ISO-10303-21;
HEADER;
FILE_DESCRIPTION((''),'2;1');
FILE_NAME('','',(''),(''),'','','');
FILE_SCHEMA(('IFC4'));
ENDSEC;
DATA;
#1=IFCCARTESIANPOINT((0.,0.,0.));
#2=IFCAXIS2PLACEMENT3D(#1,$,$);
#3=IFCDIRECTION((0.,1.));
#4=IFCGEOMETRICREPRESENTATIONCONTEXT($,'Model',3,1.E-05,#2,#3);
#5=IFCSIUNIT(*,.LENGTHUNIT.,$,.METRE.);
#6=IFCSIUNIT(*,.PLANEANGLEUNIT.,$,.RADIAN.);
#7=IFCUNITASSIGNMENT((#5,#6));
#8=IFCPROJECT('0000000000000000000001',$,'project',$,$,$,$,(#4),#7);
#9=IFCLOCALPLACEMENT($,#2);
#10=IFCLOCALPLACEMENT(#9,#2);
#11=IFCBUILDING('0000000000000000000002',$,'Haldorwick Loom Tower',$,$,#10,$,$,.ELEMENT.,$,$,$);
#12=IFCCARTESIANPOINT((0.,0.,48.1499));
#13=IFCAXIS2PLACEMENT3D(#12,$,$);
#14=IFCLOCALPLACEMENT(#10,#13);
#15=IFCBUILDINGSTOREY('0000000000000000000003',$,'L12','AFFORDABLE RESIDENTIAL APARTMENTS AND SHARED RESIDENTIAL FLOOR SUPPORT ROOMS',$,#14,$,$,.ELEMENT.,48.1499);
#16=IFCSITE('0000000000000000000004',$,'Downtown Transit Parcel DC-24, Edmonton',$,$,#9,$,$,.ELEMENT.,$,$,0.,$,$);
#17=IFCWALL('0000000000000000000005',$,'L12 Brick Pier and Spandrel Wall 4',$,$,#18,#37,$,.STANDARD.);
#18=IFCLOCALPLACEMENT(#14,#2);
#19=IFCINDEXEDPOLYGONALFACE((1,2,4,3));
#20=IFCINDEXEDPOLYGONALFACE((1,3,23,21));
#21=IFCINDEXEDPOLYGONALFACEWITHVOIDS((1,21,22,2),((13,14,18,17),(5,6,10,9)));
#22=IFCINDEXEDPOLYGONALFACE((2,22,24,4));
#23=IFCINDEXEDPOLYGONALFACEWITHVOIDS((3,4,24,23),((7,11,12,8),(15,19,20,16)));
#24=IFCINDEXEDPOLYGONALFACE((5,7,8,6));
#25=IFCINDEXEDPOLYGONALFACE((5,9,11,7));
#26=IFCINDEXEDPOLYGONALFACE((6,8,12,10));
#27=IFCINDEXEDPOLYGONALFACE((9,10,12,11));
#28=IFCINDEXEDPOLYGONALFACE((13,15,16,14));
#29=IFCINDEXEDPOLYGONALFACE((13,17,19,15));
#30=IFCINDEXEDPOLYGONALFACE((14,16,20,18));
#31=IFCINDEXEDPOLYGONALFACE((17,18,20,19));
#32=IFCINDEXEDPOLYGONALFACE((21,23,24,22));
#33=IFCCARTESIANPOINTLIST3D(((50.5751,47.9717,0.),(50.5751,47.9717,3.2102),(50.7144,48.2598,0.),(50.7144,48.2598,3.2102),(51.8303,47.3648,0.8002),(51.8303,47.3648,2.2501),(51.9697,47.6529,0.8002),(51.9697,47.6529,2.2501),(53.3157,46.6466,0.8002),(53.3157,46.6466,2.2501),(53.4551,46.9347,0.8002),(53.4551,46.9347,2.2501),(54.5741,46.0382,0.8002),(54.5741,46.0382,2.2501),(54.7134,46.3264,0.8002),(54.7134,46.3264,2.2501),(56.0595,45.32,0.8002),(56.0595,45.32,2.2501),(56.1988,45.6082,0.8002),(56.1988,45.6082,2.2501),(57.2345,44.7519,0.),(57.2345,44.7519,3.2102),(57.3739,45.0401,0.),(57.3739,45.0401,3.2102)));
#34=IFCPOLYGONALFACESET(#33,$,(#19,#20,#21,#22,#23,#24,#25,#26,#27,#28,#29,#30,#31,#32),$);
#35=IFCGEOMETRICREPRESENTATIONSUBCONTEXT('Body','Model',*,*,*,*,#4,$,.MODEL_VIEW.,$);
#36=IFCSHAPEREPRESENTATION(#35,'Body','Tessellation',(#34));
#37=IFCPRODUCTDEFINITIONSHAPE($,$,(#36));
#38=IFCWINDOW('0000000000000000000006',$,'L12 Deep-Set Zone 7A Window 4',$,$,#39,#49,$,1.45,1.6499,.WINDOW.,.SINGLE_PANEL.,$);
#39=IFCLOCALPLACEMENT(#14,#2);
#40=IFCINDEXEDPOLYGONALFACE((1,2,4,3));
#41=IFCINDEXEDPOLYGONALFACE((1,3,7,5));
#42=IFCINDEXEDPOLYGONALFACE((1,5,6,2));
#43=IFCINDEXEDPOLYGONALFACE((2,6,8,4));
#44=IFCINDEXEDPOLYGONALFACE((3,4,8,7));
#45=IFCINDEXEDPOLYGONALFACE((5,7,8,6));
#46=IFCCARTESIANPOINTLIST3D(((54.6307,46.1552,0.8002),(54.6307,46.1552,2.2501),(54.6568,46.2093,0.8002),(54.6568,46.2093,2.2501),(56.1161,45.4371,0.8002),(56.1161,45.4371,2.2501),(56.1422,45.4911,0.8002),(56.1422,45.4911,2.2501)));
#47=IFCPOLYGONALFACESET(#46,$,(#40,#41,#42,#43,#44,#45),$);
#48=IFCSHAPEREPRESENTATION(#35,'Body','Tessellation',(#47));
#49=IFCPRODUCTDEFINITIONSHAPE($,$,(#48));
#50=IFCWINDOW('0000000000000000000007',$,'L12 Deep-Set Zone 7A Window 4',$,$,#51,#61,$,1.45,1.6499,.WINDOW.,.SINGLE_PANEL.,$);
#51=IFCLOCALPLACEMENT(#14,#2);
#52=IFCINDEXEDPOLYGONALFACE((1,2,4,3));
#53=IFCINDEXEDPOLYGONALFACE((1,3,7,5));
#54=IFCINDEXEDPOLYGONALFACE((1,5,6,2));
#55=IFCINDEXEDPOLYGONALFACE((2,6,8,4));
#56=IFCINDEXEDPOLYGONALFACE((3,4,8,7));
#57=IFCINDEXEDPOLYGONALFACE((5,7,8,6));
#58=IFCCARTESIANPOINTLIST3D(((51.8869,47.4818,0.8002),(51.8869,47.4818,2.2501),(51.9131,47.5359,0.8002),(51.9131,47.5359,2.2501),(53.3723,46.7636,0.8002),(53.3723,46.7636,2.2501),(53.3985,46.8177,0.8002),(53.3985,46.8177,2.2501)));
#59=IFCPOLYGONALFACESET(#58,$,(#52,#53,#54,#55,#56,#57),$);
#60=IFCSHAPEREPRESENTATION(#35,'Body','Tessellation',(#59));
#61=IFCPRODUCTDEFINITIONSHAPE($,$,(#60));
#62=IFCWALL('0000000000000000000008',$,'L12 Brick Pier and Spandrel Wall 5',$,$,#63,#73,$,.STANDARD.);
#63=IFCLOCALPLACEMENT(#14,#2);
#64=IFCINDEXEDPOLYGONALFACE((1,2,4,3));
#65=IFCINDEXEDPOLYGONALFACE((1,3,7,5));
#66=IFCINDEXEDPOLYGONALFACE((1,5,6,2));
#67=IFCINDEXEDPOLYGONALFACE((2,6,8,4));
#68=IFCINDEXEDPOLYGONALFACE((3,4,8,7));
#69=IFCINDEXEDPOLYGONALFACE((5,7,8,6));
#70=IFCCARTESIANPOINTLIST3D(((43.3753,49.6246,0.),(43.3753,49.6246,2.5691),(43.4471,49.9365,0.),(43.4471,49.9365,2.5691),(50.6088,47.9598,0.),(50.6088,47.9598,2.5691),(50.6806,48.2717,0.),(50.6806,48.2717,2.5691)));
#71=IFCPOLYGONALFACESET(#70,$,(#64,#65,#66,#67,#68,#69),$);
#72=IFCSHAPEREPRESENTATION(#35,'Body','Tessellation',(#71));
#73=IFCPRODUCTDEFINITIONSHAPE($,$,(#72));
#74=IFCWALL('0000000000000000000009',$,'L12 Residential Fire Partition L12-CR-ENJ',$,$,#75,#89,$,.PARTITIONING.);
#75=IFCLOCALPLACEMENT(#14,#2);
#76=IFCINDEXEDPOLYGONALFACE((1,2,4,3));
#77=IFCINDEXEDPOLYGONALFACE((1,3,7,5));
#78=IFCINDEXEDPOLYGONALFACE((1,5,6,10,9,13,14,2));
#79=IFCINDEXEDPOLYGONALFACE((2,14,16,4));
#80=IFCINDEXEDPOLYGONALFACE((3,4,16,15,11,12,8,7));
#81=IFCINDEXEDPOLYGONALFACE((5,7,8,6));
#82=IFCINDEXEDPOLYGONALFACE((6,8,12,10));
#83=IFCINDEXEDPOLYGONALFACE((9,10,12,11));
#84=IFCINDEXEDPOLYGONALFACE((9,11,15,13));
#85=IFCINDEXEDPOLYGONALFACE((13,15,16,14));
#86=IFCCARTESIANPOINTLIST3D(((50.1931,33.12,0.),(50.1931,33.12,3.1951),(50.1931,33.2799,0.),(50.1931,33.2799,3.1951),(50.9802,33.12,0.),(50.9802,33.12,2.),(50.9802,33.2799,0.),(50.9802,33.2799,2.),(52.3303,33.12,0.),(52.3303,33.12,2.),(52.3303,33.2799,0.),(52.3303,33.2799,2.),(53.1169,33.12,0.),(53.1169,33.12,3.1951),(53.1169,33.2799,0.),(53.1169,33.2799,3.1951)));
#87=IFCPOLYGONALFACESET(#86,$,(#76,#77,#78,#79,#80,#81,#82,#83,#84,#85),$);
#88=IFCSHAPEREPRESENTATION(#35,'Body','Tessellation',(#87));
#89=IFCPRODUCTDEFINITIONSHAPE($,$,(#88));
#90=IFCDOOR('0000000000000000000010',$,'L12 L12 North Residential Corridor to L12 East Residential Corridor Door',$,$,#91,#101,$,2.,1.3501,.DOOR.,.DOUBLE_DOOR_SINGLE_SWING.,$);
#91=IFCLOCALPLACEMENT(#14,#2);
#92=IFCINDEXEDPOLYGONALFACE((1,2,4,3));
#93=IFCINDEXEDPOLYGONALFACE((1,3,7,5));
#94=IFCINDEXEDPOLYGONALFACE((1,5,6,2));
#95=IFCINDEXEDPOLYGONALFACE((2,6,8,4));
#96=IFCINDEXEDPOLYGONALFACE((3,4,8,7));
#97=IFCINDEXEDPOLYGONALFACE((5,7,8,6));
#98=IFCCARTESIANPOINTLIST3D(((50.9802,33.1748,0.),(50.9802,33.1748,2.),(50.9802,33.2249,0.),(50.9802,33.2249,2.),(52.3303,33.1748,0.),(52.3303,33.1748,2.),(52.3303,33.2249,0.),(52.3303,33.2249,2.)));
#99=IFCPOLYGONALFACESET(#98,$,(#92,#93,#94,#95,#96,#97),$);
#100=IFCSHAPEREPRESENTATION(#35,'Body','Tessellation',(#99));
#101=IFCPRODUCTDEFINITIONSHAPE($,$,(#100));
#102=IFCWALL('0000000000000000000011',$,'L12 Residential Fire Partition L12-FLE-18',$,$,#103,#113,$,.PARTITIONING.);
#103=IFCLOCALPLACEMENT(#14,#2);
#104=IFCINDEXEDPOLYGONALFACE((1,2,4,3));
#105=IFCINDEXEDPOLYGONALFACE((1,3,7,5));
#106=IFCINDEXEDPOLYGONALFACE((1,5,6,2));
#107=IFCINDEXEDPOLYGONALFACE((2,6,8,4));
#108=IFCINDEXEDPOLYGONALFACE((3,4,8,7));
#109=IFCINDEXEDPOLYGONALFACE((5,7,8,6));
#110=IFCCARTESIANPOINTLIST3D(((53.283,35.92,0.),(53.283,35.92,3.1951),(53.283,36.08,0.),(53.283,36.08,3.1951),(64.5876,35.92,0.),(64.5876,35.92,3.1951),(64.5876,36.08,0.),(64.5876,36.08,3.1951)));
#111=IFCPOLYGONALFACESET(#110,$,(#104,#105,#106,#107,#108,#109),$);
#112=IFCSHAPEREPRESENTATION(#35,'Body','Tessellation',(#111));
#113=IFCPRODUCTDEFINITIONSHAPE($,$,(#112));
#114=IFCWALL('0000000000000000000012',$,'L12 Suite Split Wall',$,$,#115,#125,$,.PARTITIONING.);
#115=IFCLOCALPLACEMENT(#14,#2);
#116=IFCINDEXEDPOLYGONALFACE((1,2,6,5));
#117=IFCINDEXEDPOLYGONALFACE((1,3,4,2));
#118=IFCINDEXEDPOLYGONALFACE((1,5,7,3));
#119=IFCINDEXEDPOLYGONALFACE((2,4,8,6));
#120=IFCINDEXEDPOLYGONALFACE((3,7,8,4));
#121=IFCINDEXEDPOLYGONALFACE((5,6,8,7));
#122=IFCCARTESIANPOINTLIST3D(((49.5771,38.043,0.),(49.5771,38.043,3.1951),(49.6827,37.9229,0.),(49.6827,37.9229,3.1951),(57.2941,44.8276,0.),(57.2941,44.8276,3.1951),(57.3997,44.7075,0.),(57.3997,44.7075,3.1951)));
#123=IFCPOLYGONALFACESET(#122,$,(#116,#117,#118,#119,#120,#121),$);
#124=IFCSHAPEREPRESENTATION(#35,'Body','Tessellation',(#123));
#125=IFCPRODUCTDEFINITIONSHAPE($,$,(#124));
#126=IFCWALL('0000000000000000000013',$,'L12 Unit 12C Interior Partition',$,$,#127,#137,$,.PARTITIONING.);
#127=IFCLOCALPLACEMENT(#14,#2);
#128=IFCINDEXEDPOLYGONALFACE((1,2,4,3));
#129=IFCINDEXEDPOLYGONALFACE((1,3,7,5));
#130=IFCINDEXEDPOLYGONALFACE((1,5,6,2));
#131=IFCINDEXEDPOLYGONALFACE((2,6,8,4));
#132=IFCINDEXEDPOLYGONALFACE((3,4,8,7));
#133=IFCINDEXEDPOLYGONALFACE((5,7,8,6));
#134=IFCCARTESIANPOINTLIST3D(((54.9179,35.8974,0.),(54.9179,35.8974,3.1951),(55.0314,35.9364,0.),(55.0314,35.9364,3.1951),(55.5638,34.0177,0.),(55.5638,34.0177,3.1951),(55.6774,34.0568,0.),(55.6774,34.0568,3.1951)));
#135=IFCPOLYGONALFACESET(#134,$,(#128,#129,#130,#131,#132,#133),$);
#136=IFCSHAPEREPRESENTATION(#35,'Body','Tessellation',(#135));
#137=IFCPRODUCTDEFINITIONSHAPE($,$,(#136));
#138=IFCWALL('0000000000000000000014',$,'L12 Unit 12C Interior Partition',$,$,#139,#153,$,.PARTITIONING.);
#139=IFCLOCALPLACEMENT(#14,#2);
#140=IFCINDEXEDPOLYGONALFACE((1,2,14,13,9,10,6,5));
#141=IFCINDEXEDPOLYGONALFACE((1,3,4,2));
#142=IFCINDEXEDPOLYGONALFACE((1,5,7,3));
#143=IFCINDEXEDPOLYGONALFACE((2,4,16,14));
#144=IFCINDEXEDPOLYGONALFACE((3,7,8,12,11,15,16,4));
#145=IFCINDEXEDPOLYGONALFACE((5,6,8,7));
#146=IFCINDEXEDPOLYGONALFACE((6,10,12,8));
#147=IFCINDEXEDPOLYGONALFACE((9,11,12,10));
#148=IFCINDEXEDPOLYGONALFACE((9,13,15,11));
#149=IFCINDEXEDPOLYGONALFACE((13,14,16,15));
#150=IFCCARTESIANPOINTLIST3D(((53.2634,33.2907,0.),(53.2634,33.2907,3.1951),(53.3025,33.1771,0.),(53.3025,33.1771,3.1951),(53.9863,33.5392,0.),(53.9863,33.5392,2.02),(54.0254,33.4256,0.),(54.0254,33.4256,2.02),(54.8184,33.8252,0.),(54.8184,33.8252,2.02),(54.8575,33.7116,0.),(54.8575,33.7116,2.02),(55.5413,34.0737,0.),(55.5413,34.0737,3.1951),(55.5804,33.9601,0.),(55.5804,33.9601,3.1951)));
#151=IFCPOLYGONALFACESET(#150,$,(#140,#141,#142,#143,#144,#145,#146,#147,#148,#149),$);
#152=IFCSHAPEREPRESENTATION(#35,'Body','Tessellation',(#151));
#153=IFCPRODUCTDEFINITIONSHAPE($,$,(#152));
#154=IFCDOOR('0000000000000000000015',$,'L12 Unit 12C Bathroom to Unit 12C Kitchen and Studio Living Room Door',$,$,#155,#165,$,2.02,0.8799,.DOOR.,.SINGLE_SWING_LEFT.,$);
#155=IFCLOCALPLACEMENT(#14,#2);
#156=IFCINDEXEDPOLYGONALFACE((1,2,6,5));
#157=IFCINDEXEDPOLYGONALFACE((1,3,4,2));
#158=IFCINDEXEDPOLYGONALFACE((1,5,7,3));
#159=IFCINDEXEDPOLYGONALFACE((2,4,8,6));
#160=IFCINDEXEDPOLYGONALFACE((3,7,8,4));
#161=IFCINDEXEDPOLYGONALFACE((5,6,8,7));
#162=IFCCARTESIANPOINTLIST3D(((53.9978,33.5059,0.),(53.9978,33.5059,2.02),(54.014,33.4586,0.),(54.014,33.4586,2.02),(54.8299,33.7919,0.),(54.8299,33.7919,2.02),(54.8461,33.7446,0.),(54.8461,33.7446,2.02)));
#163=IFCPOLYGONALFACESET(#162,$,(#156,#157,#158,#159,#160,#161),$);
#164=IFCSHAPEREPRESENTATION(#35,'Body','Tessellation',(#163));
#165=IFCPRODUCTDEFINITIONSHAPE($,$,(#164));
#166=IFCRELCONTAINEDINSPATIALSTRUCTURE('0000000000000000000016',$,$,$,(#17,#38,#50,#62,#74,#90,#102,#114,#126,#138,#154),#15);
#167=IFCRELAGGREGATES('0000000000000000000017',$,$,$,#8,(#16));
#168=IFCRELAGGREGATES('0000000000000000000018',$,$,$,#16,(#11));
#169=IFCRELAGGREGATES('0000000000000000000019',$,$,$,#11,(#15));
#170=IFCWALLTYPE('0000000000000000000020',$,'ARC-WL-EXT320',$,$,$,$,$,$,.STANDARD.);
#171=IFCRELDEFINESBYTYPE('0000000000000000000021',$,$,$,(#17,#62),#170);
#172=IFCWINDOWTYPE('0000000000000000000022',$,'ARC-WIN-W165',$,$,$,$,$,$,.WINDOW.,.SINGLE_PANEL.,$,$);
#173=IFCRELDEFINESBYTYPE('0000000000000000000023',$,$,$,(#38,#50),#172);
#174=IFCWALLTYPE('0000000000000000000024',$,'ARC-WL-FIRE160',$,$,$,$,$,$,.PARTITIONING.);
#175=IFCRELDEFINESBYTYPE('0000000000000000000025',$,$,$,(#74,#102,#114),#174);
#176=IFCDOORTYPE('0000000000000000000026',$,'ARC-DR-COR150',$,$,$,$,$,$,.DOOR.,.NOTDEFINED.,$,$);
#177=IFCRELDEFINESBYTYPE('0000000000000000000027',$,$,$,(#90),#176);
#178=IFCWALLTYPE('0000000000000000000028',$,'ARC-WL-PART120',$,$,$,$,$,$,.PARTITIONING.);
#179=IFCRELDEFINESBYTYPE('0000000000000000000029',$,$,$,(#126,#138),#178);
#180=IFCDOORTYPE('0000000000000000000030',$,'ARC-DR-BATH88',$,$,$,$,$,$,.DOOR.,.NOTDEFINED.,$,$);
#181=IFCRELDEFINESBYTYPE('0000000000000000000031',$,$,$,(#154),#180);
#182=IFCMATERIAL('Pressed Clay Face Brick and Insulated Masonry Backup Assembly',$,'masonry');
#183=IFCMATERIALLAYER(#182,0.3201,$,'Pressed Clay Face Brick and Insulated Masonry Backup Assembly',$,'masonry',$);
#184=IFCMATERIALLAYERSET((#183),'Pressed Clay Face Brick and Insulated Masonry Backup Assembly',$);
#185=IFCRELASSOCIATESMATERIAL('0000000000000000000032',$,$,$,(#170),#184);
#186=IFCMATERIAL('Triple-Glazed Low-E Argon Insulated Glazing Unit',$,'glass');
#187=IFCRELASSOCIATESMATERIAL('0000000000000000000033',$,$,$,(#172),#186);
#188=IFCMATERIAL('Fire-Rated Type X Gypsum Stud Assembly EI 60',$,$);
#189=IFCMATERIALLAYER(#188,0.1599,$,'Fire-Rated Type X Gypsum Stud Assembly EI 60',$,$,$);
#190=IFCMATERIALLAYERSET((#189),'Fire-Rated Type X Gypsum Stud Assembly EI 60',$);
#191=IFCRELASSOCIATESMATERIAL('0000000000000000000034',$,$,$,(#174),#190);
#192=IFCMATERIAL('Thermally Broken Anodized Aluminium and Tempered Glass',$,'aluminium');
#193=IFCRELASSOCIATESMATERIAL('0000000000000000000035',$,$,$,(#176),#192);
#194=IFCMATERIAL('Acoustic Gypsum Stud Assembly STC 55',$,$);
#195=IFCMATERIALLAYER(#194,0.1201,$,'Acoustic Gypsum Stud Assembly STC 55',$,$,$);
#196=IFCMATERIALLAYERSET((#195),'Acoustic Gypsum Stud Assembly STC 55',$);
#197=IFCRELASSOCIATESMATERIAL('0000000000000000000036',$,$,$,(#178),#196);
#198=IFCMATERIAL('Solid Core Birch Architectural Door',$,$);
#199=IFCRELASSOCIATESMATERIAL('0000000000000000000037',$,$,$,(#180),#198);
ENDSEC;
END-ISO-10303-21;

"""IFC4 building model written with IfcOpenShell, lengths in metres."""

from ifc_helpers import new_model, si_unit, direction, frame, frame_2d, origin, place, context, subcontext, project, spatial, rectangle, extrude, material, layer, layer_set, type_object, element, fill, save


model = new_model("IFC4")

# Units and contexts
model_context = context("Model", 3, precision=1e-05, world=origin(), true_north=direction((0.0, 1.0)))
body_context = subcontext(model_context, "Body", "Model", "MODEL_VIEW")
ifc_project = project(units=[si_unit("LENGTHUNIT", "METRE"), si_unit("PLANEANGLEUNIT", "RADIAN")], contexts=[model_context])

# Site, building, storey
site_placement = place(None, origin())
site = spatial("IfcSite", under=ifc_project, at=site_placement, Name="Downtown Transit Parcel DC-24, Edmonton", CompositionType="ELEMENT", RefElevation=0.0)
building_placement = place(site_placement, origin())
building = spatial("IfcBuilding", under=site, at=building_placement, Name="Haldorwick Loom Tower", CompositionType="ELEMENT")
storey_placement = place(building_placement, frame((0.0, 0.0, 48.1499)))
storey = spatial("IfcBuildingStorey", under=building, at=storey_placement, Name="L12", Description="AFFORDABLE RESIDENTIAL APARTMENTS AND SHARED RESIDENTIAL FLOOR SUPPORT ROOMS", CompositionType="ELEMENT", Elevation=48.1499)

# Shared definitions
ifc_material_1 = material(Name="Pressed Clay Face Brick and Insulated Masonry Backup Assembly", Category="masonry")
ifc_layer_1 = layer(ifc_material_1, 0.3201, Name="Pressed Clay Face Brick and Insulated Masonry Backup Assembly", Category="masonry")
ifc_layer_set_1 = layer_set([ifc_layer_1], Name="Pressed Clay Face Brick and Insulated Masonry Backup Assembly")
wall_type_1 = type_object("IfcWallType", Name="ARC-WL-EXT320", PredefinedType="STANDARD", material=ifc_layer_set_1)
ifc_material_2 = material(Name="Triple-Glazed Low-E Argon Insulated Glazing Unit", Category="glass")
window_type = type_object("IfcWindowType", Name="ARC-WIN-W165", PartitioningType="SINGLE_PANEL", PredefinedType="WINDOW", material=ifc_material_2)

# Wall, openings, windows
wall_1_placement = place(storey_placement, frame((57.3042, 44.896, 0.0), z_axis=(0.0, 0.0, 1.0), x_axis=(-0.900296, 0.435279, 0.0)))
wall_1 = element("IfcWall", 1, at=wall_1_placement, inside=storey, type_object=wall_type_1, Name="L12 Brick Pier and Spandrel Wall 4", PredefinedType="STANDARD", context=body_context, shape_type="SweptSolid", body=[
    extrude(rectangle(XDim=7.397, YDim=0.3201, at=frame_2d((3.6985, 0.0))), origin(), (0.0, 0.0, 1.0), 3.2102),
])
opening_1_placement = place(wall_1_placement, frame((1.3052, 0.0, 0.8)))
opening_1 = element("IfcOpeningElement", 2, at=opening_1_placement, cuts=wall_1, PredefinedType="OPENING", context=body_context, shape_type="SweptSolid", body=[
    extrude(rectangle(XDim=1.6499, YDim=1.45, at=frame_2d((0.825, 0.7251))), frame((0.0, 0.1699, 0.0), z_axis=(0.0, -1.0, 0.0), x_axis=(1.0, 0.0, 0.0)), (0.0, 0.0, 1.0), 0.3401),
])
opening_2_placement = place(wall_1_placement, frame((4.3528, 0.0, 0.8)))
opening_2 = element("IfcOpeningElement", 3, at=opening_2_placement, cuts=wall_1, PredefinedType="OPENING", context=body_context, shape_type="SweptSolid", body=[
    extrude(rectangle(XDim=1.6499, YDim=1.45, at=frame_2d((0.825, 0.7251))), frame((0.0, 0.1699, 0.0), z_axis=(0.0, -1.0, 0.0), x_axis=(1.0, 0.0, 0.0)), (0.0, 0.0, 1.0), 0.3401),
])
window_1_placement = place(opening_1_placement, origin())
window_1 = element("IfcWindow", 4, at=window_1_placement, inside=storey, type_object=window_type, Name="L12 Deep-Set Zone 7A Window 4", OverallHeight=1.45, OverallWidth=1.6499, PartitioningType="SINGLE_PANEL", PredefinedType="WINDOW", context=body_context, shape_type="SweptSolid", body=[
    extrude(rectangle(XDim=1.6499, YDim=1.45, at=frame_2d((0.825, 0.7251))), frame((0.0, 0.03, 0.0), z_axis=(0.0, -1.0, 0.0), x_axis=(1.0, 0.0, 0.0)), (0.0, 0.0, 1.0), 0.0601),
])
fill(opening_1, window_1)
window_2_placement = place(opening_2_placement, origin())
window_2 = element("IfcWindow", 5, at=window_2_placement, inside=storey, type_object=window_type, Name="L12 Deep-Set Zone 7A Window 4", OverallHeight=1.45, OverallWidth=1.6499, PartitioningType="SINGLE_PANEL", PredefinedType="WINDOW", context=body_context, shape_type="SweptSolid", body=[
    extrude(rectangle(XDim=1.6499, YDim=1.45, at=frame_2d((0.825, 0.7251))), frame((0.0, 0.03, 0.0), z_axis=(0.0, -1.0, 0.0), x_axis=(1.0, 0.0, 0.0)), (0.0, 0.0, 1.0), 0.0601),
])
fill(opening_2, window_2)

# Wall
wall_2_placement = place(storey_placement, frame((50.6448, 48.1157, 0.0), z_axis=(0.0, 0.0, 1.0), x_axis=(-0.974522, 0.22429, 0.0)))
element("IfcWall", 6, at=wall_2_placement, inside=storey, type_object=wall_type_1, Name="L12 Brick Pier and Spandrel Wall 5", PredefinedType="STANDARD", context=body_context, shape_type="SweptSolid", body=[
    extrude(rectangle(XDim=7.4226, YDim=0.3201, at=frame_2d((3.7114, 0.0))), origin(), (0.0, 0.0, 1.0), 2.5691),
])

# Wall, opening, door
ifc_material_3 = material(Name="Fire-Rated Type X Gypsum Stud Assembly EI 60")
ifc_layer_2 = layer(ifc_material_3, 0.1599, Name="Fire-Rated Type X Gypsum Stud Assembly EI 60")
ifc_layer_set_2 = layer_set([ifc_layer_2], Name="Fire-Rated Type X Gypsum Stud Assembly EI 60")
wall_type_2 = type_object("IfcWallType", Name="ARC-WL-FIRE160", PredefinedType="PARTITIONING", material=ifc_layer_set_2)
wall_3_placement = place(storey_placement, frame((50.1931, 33.2, 0.0), z_axis=(0.0, 0.0, 1.0), x_axis=(1.0, 0.0, 0.0)))
wall_3 = element("IfcWall", 7, at=wall_3_placement, inside=storey, type_object=wall_type_2, Name="L12 Residential Fire Partition L12-CR-ENJ", PredefinedType="PARTITIONING", context=body_context, shape_type="SweptSolid", body=[
    extrude(rectangle(XDim=2.9238, YDim=0.1599, at=frame_2d((1.4619, 0.0))), origin(), (0.0, 0.0, 1.0), 3.1951),
])
opening_3_placement = place(wall_3_placement, frame((0.7871, 0.0, 0.0)))
opening_3 = element("IfcOpeningElement", 8, at=opening_3_placement, cuts=wall_3, PredefinedType="OPENING", context=body_context, shape_type="SweptSolid", body=[
    extrude(rectangle(XDim=1.3501, YDim=2.0, at=frame_2d((0.675, 1.0))), frame((0.0, 0.0898, 0.0), z_axis=(0.0, -1.0, 0.0), x_axis=(1.0, 0.0, 0.0)), (0.0, 0.0, 1.0), 0.1799),
])
ifc_material_4 = material(Name="Thermally Broken Anodized Aluminium and Tempered Glass", Category="aluminium")
door_type_1 = type_object("IfcDoorType", Name="ARC-DR-COR150", OperationType="NOTDEFINED", PredefinedType="DOOR", material=ifc_material_4)
door_1_placement = place(opening_3_placement, origin())
door_1 = element("IfcDoor", 9, at=door_1_placement, inside=storey, type_object=door_type_1, Name="L12 L12 North Residential Corridor to L12 East Residential Corridor Door", OperationType="DOUBLE_DOOR_SINGLE_SWING", OverallHeight=2.0, OverallWidth=1.3501, PredefinedType="DOOR", context=body_context, shape_type="SweptSolid", body=[
    extrude(rectangle(XDim=1.3501, YDim=2.0, at=frame_2d((0.675, 1.0))), frame((0.0, 0.0249, 0.0), z_axis=(0.0, -1.0, 0.0), x_axis=(1.0, 0.0, 0.0)), (0.0, 0.0, 1.0), 0.05),
])
fill(opening_3, door_1)

# Walls
wall_4_placement = place(storey_placement, frame((53.283, 36.0, 0.0), z_axis=(0.0, 0.0, 1.0), x_axis=(1.0, 0.0, 0.0)))
element("IfcWall", 10, at=wall_4_placement, inside=storey, type_object=wall_type_2, Name="L12 Residential Fire Partition L12-FLE-18", PredefinedType="PARTITIONING", context=body_context, shape_type="SweptSolid", body=[
    extrude(rectangle(XDim=11.3047, YDim=0.1599, at=frame_2d((5.6523, 0.0))), origin(), (0.0, 0.0, 1.0), 3.1951),
])
wall_5_placement = place(storey_placement, frame((49.6299, 37.9829, 0.0), z_axis=(0.0, 0.0, 1.0), x_axis=(0.751019, 0.660281, 0.0)))
element("IfcWall", 11, at=wall_5_placement, inside=storey, type_object=wall_type_2, Name="L12 Suite Split Wall", PredefinedType="PARTITIONING", context=body_context, shape_type="SweptSolid", body=[
    extrude(rectangle(XDim=10.2754, YDim=0.1599, at=frame_2d((5.1377, 0.0))), origin(), (0.0, 0.0, 1.0), 3.1951),
])
ifc_material_5 = material(Name="Acoustic Gypsum Stud Assembly STC 55")
ifc_layer_3 = layer(ifc_material_5, 0.1201, Name="Acoustic Gypsum Stud Assembly STC 55")
ifc_layer_set_3 = layer_set([ifc_layer_3], Name="Acoustic Gypsum Stud Assembly STC 55")
wall_type_3 = type_object("IfcWallType", Name="ARC-WL-PART120", PredefinedType="PARTITIONING", material=ifc_layer_set_3)
wall_6_placement = place(storey_placement, frame((55.6206, 34.0374, 0.0), z_axis=(0.0, 0.0, 1.0), x_axis=(-0.325021, 0.945707, 0.0)))
element("IfcWall", 12, at=wall_6_placement, inside=storey, type_object=wall_type_3, Name="L12 Unit 12C Interior Partition", PredefinedType="PARTITIONING", context=body_context, shape_type="SweptSolid", body=[
    extrude(rectangle(XDim=1.9875, YDim=0.1201, at=frame_2d((0.9937, 0.0))), origin(), (0.0, 0.0, 1.0), 3.1951),
])

# Wall, opening, door
wall_7_placement = place(storey_placement, frame((53.283, 33.2339, 0.0), z_axis=(0.0, 0.0, 1.0), x_axis=(0.945692, 0.325063, 0.0)))
wall_7 = element("IfcWall", 13, at=wall_7_placement, inside=storey, type_object=wall_type_3, Name="L12 Unit 12C Interior Partition", PredefinedType="PARTITIONING", context=body_context, shape_type="SweptSolid", body=[
    extrude(rectangle(XDim=2.4087, YDim=0.1201, at=frame_2d((1.2043, 0.0))), origin(), (0.0, 0.0, 1.0), 3.1951),
])
opening_4_placement = place(wall_7_placement, frame((0.7644, 0.0, 0.0)))
opening_4 = element("IfcOpeningElement", 14, at=opening_4_placement, cuts=wall_7, PredefinedType="OPENING", context=body_context, shape_type="SweptSolid", body=[
    extrude(rectangle(XDim=0.8799, YDim=2.02, at=frame_2d((0.4399, 1.01))), frame((0.0, 0.0701, 0.0), z_axis=(0.0, -1.0, 0.0), x_axis=(1.0, 0.0, 0.0)), (0.0, 0.0, 1.0), 0.1401),
])
ifc_material_6 = material(Name="Solid Core Birch Architectural Door")
door_type_2 = type_object("IfcDoorType", Name="ARC-DR-BATH88", OperationType="NOTDEFINED", PredefinedType="DOOR", material=ifc_material_6)
door_2_placement = place(opening_4_placement, origin())
door_2 = element("IfcDoor", 15, at=door_2_placement, inside=storey, type_object=door_type_2, Name="L12 Unit 12C Bathroom to Unit 12C Kitchen and Studio Living Room Door", OperationType="SINGLE_SWING_LEFT", OverallHeight=2.02, OverallWidth=0.8799, PredefinedType="DOOR", context=body_context, shape_type="SweptSolid", body=[
    extrude(rectangle(XDim=0.8799, YDim=2.02, at=frame_2d((0.4399, 1.01))), frame((0.0, 0.0249, 0.0), z_axis=(0.0, -1.0, 0.0), x_axis=(1.0, 0.0, 0.0)), (0.0, 0.0, 1.0), 0.05),
])
fill(opening_4, door_2)

save(model, "model.ifc")
